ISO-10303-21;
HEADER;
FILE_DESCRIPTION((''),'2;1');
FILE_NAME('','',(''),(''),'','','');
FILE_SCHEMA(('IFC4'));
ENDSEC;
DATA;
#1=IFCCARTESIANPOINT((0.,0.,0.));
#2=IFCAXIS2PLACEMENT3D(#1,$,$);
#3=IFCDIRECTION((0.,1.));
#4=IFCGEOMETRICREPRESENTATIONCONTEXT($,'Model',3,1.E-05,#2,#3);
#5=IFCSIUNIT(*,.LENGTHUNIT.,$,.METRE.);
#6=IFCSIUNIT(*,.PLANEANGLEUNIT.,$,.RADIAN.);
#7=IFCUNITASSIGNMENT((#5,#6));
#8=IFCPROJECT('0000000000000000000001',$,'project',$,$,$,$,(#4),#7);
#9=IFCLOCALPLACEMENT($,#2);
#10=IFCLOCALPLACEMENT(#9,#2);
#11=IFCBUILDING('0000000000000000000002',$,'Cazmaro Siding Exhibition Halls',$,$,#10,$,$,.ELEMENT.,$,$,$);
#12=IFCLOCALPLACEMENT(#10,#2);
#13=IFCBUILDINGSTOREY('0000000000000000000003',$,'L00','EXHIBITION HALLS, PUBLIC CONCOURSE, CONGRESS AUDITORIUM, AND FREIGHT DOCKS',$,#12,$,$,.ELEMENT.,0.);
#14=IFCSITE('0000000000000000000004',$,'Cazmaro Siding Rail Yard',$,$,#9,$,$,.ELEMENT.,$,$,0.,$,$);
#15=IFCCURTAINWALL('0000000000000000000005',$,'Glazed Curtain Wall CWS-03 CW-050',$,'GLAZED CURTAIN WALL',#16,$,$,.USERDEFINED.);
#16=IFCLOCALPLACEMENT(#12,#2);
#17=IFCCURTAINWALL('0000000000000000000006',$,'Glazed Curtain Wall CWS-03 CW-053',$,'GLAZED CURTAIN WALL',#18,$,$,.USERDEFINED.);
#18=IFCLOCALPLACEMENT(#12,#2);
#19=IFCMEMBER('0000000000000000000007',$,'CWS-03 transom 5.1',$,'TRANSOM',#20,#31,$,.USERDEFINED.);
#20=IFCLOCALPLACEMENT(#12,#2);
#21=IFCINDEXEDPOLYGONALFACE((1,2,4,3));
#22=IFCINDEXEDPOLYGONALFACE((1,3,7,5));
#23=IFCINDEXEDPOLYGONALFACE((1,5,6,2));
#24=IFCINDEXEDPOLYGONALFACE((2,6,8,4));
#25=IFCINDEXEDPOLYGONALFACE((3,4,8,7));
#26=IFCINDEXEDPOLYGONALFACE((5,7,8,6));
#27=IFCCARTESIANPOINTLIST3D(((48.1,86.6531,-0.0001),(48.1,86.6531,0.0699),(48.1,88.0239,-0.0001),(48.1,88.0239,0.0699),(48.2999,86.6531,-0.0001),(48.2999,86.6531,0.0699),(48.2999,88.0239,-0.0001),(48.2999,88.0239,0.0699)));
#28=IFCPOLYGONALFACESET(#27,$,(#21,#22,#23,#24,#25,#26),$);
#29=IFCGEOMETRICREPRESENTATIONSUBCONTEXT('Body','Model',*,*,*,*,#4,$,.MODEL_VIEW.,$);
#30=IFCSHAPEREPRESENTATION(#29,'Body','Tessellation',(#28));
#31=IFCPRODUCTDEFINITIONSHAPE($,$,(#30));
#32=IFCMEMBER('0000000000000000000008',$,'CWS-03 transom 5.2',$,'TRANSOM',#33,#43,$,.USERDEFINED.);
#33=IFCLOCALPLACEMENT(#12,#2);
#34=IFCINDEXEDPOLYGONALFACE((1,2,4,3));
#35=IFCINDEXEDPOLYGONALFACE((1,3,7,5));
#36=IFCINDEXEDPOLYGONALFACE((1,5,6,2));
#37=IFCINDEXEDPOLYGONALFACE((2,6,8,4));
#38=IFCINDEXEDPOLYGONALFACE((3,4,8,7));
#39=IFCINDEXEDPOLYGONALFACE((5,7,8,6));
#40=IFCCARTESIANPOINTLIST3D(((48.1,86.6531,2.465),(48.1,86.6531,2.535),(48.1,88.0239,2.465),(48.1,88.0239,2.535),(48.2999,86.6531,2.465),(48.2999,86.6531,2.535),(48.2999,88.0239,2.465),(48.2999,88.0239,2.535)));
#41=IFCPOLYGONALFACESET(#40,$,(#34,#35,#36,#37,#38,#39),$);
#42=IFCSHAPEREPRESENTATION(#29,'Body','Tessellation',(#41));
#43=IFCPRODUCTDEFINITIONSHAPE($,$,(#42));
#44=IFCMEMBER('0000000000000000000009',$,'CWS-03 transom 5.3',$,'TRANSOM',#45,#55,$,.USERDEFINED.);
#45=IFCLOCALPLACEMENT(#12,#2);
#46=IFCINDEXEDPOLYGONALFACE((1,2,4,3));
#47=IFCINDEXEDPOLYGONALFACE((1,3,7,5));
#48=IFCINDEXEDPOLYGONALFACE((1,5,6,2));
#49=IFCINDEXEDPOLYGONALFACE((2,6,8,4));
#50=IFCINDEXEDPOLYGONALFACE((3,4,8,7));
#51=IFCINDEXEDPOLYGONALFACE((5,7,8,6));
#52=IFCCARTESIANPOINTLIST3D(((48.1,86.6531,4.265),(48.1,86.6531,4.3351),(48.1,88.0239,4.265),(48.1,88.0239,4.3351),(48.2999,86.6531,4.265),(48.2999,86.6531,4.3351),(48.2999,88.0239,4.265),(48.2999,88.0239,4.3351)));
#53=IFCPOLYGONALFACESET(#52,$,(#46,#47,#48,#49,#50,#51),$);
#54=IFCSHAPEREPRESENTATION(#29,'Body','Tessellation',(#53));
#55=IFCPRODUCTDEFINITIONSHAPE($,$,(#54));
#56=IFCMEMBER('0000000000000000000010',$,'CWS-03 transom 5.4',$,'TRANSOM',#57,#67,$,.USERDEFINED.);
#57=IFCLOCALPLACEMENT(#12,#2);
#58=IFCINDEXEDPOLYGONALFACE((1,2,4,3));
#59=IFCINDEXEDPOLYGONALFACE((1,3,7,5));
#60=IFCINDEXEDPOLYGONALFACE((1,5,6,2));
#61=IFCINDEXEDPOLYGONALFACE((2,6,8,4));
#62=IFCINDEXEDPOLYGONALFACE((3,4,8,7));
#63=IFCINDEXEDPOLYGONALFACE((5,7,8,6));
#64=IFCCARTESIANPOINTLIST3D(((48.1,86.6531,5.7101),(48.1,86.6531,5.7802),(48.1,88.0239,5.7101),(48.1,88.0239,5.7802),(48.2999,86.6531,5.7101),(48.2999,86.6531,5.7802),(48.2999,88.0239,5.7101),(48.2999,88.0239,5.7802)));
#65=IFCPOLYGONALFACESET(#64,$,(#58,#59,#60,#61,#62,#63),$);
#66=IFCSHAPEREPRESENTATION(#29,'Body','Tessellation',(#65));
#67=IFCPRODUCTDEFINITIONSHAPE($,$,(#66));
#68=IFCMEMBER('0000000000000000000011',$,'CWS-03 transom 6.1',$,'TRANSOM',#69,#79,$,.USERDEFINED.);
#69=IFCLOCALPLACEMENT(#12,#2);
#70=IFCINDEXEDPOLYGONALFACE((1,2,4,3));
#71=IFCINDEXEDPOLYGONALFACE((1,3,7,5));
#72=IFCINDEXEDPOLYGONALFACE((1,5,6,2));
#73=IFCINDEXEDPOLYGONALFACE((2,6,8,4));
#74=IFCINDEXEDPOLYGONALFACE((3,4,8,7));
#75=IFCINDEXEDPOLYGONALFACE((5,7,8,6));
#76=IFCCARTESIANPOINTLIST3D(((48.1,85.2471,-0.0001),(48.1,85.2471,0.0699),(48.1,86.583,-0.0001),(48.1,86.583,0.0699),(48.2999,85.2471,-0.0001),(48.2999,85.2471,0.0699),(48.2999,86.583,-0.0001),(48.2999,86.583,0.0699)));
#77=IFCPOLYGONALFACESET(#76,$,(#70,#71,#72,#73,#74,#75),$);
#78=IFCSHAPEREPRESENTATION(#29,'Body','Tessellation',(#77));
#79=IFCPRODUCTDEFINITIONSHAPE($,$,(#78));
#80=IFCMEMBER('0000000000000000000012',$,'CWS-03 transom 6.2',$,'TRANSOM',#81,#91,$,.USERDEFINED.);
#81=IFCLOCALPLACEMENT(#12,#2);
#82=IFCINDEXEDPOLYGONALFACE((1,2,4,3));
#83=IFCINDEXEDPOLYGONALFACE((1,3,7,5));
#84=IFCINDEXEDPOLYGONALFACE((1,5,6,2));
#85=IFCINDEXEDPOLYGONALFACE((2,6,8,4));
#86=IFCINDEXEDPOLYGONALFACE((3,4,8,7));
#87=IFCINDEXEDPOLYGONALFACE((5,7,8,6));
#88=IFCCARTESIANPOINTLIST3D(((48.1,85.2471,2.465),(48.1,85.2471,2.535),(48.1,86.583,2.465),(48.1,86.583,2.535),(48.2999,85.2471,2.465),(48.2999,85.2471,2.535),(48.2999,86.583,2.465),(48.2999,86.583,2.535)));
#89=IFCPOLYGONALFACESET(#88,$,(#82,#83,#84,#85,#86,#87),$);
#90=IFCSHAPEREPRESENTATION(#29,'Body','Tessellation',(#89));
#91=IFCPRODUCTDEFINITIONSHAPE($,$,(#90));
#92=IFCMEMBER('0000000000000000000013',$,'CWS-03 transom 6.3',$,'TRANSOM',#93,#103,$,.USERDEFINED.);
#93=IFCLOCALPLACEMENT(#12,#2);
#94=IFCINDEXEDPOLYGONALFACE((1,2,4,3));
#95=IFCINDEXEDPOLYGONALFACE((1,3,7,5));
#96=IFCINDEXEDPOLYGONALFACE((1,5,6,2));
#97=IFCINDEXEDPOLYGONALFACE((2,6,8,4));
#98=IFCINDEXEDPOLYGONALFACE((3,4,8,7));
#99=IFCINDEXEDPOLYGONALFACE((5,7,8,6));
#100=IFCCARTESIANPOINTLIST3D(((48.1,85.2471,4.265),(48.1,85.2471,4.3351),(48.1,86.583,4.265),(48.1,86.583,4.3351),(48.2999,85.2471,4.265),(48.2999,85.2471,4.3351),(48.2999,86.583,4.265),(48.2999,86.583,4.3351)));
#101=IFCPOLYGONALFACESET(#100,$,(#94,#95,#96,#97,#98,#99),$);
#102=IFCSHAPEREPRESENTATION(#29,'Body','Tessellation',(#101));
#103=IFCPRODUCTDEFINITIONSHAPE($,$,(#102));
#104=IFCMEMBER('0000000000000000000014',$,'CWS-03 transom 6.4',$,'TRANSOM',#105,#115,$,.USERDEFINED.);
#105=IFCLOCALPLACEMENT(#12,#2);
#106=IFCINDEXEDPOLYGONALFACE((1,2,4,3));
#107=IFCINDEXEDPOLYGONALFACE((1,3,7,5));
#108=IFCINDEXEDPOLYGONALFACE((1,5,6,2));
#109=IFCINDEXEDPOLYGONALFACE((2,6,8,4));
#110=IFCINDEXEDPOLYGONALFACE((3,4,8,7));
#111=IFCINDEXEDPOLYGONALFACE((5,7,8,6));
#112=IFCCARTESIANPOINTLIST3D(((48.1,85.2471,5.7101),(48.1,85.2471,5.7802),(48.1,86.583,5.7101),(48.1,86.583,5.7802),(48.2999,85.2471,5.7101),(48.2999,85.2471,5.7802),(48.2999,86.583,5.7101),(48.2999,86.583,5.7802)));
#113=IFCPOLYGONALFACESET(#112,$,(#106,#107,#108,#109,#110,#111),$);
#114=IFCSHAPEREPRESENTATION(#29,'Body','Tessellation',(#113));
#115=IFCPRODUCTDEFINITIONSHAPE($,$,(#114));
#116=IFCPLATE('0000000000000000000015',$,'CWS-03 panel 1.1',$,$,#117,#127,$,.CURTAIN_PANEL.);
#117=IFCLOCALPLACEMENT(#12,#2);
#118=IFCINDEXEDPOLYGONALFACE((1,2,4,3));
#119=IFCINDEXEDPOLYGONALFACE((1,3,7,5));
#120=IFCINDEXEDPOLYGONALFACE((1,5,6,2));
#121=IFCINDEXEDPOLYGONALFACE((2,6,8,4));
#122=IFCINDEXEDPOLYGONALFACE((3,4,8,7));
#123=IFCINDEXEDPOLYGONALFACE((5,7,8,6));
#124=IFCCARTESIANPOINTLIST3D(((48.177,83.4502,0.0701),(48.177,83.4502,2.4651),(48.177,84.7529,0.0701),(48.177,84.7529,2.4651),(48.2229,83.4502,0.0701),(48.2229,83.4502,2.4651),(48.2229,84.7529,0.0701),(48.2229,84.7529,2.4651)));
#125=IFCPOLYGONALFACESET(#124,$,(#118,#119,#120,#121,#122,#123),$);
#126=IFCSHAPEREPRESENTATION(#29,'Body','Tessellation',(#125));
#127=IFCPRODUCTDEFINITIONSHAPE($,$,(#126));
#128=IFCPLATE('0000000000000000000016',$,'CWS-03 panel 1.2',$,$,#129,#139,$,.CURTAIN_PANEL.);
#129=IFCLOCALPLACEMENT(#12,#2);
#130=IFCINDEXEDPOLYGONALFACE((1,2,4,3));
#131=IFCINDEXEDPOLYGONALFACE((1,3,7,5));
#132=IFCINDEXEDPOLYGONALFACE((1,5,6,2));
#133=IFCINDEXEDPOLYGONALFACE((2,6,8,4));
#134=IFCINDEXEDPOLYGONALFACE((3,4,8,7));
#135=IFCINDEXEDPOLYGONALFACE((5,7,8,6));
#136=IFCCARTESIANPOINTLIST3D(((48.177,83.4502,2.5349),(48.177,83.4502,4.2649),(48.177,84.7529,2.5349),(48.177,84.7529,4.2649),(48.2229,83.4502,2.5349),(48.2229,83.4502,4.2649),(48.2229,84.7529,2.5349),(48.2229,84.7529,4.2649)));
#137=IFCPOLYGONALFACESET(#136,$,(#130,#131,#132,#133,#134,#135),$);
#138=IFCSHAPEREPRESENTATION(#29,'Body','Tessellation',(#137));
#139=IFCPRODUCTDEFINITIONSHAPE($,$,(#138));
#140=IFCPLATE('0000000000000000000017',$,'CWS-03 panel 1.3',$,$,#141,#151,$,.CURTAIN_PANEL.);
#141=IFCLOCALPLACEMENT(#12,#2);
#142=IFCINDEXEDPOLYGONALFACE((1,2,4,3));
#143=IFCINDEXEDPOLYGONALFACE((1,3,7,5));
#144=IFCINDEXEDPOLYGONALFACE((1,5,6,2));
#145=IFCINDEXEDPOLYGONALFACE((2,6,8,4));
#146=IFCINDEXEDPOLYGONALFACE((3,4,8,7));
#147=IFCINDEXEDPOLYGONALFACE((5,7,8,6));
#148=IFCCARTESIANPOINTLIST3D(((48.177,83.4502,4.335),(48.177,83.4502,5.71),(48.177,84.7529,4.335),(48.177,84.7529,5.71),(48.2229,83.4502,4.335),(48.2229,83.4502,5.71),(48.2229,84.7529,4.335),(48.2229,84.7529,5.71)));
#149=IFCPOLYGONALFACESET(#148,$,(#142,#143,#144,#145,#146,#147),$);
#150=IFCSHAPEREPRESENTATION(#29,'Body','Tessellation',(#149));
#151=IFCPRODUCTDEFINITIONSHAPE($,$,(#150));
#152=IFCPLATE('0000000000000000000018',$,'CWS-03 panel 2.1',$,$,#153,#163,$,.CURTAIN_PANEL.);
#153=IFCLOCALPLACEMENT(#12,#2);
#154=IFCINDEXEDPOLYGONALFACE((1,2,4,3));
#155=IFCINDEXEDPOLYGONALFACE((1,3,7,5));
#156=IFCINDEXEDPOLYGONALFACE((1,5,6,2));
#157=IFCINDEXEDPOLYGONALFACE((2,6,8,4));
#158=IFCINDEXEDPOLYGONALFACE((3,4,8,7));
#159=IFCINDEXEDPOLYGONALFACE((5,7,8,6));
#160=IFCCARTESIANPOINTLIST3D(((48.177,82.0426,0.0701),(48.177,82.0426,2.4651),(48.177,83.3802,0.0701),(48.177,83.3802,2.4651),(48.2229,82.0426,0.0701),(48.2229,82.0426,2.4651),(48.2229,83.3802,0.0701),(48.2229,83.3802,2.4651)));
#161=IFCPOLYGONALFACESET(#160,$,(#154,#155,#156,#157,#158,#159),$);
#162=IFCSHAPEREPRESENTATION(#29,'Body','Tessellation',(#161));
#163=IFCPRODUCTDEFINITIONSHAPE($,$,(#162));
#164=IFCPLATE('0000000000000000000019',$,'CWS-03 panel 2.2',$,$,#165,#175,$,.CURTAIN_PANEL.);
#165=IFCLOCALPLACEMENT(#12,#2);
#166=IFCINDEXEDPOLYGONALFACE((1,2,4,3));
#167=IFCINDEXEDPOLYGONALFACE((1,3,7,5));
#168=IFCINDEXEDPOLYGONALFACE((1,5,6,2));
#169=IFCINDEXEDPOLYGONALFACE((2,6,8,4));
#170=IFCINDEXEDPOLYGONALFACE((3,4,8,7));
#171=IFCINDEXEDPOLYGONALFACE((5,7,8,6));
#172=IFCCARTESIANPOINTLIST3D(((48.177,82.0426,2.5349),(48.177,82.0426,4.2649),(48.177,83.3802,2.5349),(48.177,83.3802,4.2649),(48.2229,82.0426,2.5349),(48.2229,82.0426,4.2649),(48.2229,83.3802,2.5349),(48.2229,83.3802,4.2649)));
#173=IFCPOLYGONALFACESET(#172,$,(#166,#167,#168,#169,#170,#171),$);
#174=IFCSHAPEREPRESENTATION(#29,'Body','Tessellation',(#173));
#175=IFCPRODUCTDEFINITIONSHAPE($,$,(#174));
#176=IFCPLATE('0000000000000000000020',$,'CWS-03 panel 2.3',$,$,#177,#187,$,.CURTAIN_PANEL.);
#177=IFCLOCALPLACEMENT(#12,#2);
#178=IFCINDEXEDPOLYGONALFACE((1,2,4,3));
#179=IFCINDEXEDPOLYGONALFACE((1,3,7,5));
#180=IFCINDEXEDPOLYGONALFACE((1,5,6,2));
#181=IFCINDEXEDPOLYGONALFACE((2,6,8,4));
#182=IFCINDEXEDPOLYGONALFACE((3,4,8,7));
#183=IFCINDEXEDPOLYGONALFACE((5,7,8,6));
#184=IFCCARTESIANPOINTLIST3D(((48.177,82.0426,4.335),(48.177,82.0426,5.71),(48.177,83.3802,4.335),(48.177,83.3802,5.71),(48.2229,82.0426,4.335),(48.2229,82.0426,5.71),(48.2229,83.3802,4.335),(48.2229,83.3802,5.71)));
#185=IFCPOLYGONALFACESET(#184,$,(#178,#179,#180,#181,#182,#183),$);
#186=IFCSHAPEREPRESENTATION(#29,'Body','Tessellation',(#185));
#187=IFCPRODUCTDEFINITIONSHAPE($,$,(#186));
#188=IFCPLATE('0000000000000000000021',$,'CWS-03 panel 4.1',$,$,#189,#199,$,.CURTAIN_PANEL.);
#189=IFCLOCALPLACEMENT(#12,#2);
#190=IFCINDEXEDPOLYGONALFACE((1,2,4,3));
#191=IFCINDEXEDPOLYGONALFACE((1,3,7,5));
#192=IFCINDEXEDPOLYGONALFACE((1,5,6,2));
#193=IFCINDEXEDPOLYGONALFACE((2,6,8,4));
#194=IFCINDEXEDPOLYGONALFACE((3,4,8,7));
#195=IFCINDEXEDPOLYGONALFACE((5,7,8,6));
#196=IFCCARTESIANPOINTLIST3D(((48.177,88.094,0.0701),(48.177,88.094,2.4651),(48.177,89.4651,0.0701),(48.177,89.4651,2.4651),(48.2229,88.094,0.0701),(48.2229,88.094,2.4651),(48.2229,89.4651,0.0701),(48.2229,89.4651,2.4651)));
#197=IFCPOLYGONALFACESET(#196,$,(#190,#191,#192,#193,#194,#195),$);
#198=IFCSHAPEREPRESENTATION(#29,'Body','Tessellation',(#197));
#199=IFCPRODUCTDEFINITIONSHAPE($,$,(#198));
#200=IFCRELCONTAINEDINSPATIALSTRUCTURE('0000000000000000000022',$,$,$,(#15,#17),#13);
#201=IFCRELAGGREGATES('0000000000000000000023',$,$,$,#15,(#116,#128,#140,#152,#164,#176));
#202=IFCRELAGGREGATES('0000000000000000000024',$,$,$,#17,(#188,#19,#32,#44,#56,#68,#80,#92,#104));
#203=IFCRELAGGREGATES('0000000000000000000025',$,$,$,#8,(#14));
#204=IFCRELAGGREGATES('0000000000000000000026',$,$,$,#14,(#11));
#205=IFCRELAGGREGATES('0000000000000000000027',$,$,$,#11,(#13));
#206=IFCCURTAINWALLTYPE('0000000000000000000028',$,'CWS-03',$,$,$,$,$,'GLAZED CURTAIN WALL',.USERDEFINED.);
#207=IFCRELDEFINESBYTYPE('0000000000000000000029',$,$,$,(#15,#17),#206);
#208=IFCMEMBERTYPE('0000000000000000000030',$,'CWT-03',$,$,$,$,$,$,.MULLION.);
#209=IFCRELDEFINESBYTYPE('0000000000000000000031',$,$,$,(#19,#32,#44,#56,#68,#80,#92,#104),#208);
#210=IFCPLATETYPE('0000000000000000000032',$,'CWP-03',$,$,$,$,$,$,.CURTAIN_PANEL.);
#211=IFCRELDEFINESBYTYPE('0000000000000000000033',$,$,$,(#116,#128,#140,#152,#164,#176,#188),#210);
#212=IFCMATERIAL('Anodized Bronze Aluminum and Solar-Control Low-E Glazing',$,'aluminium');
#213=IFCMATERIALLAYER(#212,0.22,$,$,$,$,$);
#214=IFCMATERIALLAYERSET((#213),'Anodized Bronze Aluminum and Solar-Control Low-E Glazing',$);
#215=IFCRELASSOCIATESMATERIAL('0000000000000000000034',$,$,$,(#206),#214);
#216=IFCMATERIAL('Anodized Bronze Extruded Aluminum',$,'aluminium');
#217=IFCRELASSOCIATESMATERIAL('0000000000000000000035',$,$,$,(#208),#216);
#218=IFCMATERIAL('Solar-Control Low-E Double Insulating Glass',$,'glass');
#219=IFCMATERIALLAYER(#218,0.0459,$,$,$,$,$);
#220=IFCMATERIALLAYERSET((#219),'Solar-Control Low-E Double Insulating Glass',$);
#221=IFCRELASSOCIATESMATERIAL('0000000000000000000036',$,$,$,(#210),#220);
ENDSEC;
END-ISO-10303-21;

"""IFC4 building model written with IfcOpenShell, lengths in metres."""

from ifc_helpers import new_model, si_unit, direction, frame, origin, origin_2d, place, context, subcontext, project, spatial, rectangle, extrude, material, layer, layer_set, material_profile, profile_set, type_object, element, aggregate, save


model = new_model("IFC4")

# Units and contexts
model_context = context("Model", 3, precision=1e-05, world=origin(), true_north=direction((0.0, 1.0)))
body_context = subcontext(model_context, "Body", "Model", "MODEL_VIEW")
ifc_project = project(units=[si_unit("LENGTHUNIT", "METRE"), si_unit("PLANEANGLEUNIT", "RADIAN")], contexts=[model_context])

# Site, building, storey
site_placement = place(None, origin())
site = spatial("IfcSite", under=ifc_project, at=site_placement, Name="Cazmaro Siding Rail Yard", CompositionType="ELEMENT", RefElevation=0.0)
building_placement = place(site_placement, origin())
building = spatial("IfcBuilding", under=site, at=building_placement, Name="Cazmaro Siding Exhibition Halls", CompositionType="ELEMENT")
storey_placement = place(building_placement, origin())
storey = spatial("IfcBuildingStorey", under=building, at=storey_placement, Name="L00", Description="EXHIBITION HALLS, PUBLIC CONCOURSE, CONGRESS AUDITORIUM, AND FREIGHT DOCKS", CompositionType="ELEMENT", Elevation=0.0)

# Curtain walls
ifc_material_1 = material(Name="Anodized Bronze Aluminum and Solar-Control Low-E Glazing", Category="aluminium")
ifc_layer_1 = layer(ifc_material_1, 0.22)
ifc_layer_set_1 = layer_set([ifc_layer_1], Name="Anodized Bronze Aluminum and Solar-Control Low-E Glazing")
curtain_wall_type = type_object("IfcCurtainWallType", Name="CWS-03", ElementType="GLAZED CURTAIN WALL", PredefinedType="USERDEFINED", material=ifc_layer_set_1)
curtain_wall_1_placement = place(storey_placement, origin())
curtain_wall_1 = element("IfcCurtainWall", 1, at=curtain_wall_1_placement, inside=storey, type_object=curtain_wall_type, Name="Glazed Curtain Wall CWS-03 CW-050", ObjectType="GLAZED CURTAIN WALL", PredefinedType="USERDEFINED")
curtain_wall_2_placement = place(storey_placement, origin())
curtain_wall_2 = element("IfcCurtainWall", 2, at=curtain_wall_2_placement, inside=storey, type_object=curtain_wall_type, Name="Glazed Curtain Wall CWS-03 CW-053", ObjectType="GLAZED CURTAIN WALL", PredefinedType="USERDEFINED")

# Members
ifc_material_2 = material(Name="Anodized Bronze Extruded Aluminum", Category="aluminium")
ifc_material_profile_1 = material_profile(ifc_material_2, rectangle(XDim=0.2, YDim=0.0701, at=origin_2d()), Name="CWT-03")
ifc_profile_set_1 = profile_set([ifc_material_profile_1], Name="Anodized Bronze Extruded Aluminum")
member_type_1 = type_object("IfcMemberType", Name="CWT-03", PredefinedType="MULLION", material=ifc_profile_set_1)
member_1_placement = place(storey_placement, frame((48.2, 88.0239, 0.0349), z_axis=(0.0, -1.0, 0.0), x_axis=(1.0, 0.0, 0.0)))
member_1 = element("IfcMember", 3, at=member_1_placement, type_object=member_type_1, Name="CWS-03 transom 5.1", ObjectType="TRANSOM", PredefinedType="USERDEFINED", context=body_context, shape_type="SweptSolid", body=[
    extrude(rectangle(XDim=0.2, YDim=0.0701, at=origin_2d()), origin(), (0.0, 0.0, 1.0), 1.3708),
])
member_2_placement = place(storey_placement, frame((48.2, 88.0239, 2.5), z_axis=(0.0, -1.0, 0.0), x_axis=(1.0, 0.0, 0.0)))
member_2 = element("IfcMember", 4, at=member_2_placement, type_object=member_type_1, Name="CWS-03 transom 5.2", ObjectType="TRANSOM", PredefinedType="USERDEFINED", context=body_context, shape_type="SweptSolid", body=[
    extrude(rectangle(XDim=0.2, YDim=0.0701, at=origin_2d()), origin(), (0.0, 0.0, 1.0), 1.3708),
])
member_3_placement = place(storey_placement, frame((48.2, 88.0239, 4.3), z_axis=(0.0, -1.0, 0.0), x_axis=(1.0, 0.0, 0.0)))
member_3 = element("IfcMember", 5, at=member_3_placement, type_object=member_type_1, Name="CWS-03 transom 5.3", ObjectType="TRANSOM", PredefinedType="USERDEFINED", context=body_context, shape_type="SweptSolid", body=[
    extrude(rectangle(XDim=0.2, YDim=0.0701, at=origin_2d()), origin(), (0.0, 0.0, 1.0), 1.3708),
])
member_4_placement = place(storey_placement, frame((48.2, 88.0239, 5.7451), z_axis=(0.0, -1.0, 0.0), x_axis=(1.0, 0.0, 0.0)))
member_4 = element("IfcMember", 6, at=member_4_placement, type_object=member_type_1, Name="CWS-03 transom 5.4", ObjectType="TRANSOM", PredefinedType="USERDEFINED", context=body_context, shape_type="SweptSolid", body=[
    extrude(rectangle(XDim=0.2, YDim=0.0701, at=origin_2d()), origin(), (0.0, 0.0, 1.0), 1.3708),
])
member_5_placement = place(storey_placement, frame((48.2, 86.583, 0.0349), z_axis=(0.0, -1.0, 0.0), x_axis=(1.0, 0.0, 0.0)))
member_5 = element("IfcMember", 7, at=member_5_placement, type_object=member_type_1, Name="CWS-03 transom 6.1", ObjectType="TRANSOM", PredefinedType="USERDEFINED", context=body_context, shape_type="SweptSolid", body=[
    extrude(rectangle(XDim=0.2, YDim=0.0701, at=origin_2d()), origin(), (0.0, 0.0, 1.0), 1.3359),
])
member_6_placement = place(storey_placement, frame((48.2, 86.583, 2.5), z_axis=(0.0, -1.0, 0.0), x_axis=(1.0, 0.0, 0.0)))
member_6 = element("IfcMember", 8, at=member_6_placement, type_object=member_type_1, Name="CWS-03 transom 6.2", ObjectType="TRANSOM", PredefinedType="USERDEFINED", context=body_context, shape_type="SweptSolid", body=[
    extrude(rectangle(XDim=0.2, YDim=0.0701, at=origin_2d()), origin(), (0.0, 0.0, 1.0), 1.3359),
])
member_7_placement = place(storey_placement, frame((48.2, 86.583, 4.3), z_axis=(0.0, -1.0, 0.0), x_axis=(1.0, 0.0, 0.0)))
member_7 = element("IfcMember", 9, at=member_7_placement, type_object=member_type_1, Name="CWS-03 transom 6.3", ObjectType="TRANSOM", PredefinedType="USERDEFINED", context=body_context, shape_type="SweptSolid", body=[
    extrude(rectangle(XDim=0.2, YDim=0.0701, at=origin_2d()), origin(), (0.0, 0.0, 1.0), 1.3359),
])
member_8_placement = place(storey_placement, frame((48.2, 86.583, 5.7451), z_axis=(0.0, -1.0, 0.0), x_axis=(1.0, 0.0, 0.0)))
member_8 = element("IfcMember", 10, at=member_8_placement, type_object=member_type_1, Name="CWS-03 transom 6.4", ObjectType="TRANSOM", PredefinedType="USERDEFINED", context=body_context, shape_type="SweptSolid", body=[
    extrude(rectangle(XDim=0.2, YDim=0.0701, at=origin_2d()), origin(), (0.0, 0.0, 1.0), 1.3359),
])

# Plates
ifc_material_3 = material(Name="Solar-Control Low-E Double Insulating Glass", Category="glass")
ifc_layer_2 = layer(ifc_material_3, 0.0459)
ifc_layer_set_2 = layer_set([ifc_layer_2], Name="Solar-Control Low-E Double Insulating Glass")
plate_type = type_object("IfcPlateType", Name="CWP-03", PredefinedType="CURTAIN_PANEL", material=ifc_layer_set_2)
plate_1_placement = place(storey_placement, frame((48.2, 84.1016, 0.0701), z_axis=(0.0, 0.0, 1.0), x_axis=(0.0, -1.0, 0.0)))
plate_1 = element("IfcPlate", 11, at=plate_1_placement, type_object=plate_type, Name="CWS-03 panel 1.1", PredefinedType="CURTAIN_PANEL", context=body_context, shape_type="SweptSolid", body=[
    extrude(rectangle(XDim=1.3027, YDim=0.0459, at=origin_2d()), origin(), (0.0, 0.0, 1.0), 2.395),
])
plate_2_placement = place(storey_placement, frame((48.2, 84.1016, 2.5349), z_axis=(0.0, 0.0, 1.0), x_axis=(0.0, -1.0, 0.0)))
plate_2 = element("IfcPlate", 12, at=plate_2_placement, type_object=plate_type, Name="CWS-03 panel 1.2", PredefinedType="CURTAIN_PANEL", context=body_context, shape_type="SweptSolid", body=[
    extrude(rectangle(XDim=1.3027, YDim=0.0459, at=origin_2d()), origin(), (0.0, 0.0, 1.0), 1.73),
])
plate_3_placement = place(storey_placement, frame((48.2, 84.1016, 4.335), z_axis=(0.0, 0.0, 1.0), x_axis=(0.0, -1.0, 0.0)))
plate_3 = element("IfcPlate", 13, at=plate_3_placement, type_object=plate_type, Name="CWS-03 panel 1.3", PredefinedType="CURTAIN_PANEL", context=body_context, shape_type="SweptSolid", body=[
    extrude(rectangle(XDim=1.3027, YDim=0.0459, at=origin_2d()), origin(), (0.0, 0.0, 1.0), 1.375),
])
plate_4_placement = place(storey_placement, frame((48.2, 82.7114, 0.0701), z_axis=(0.0, 0.0, 1.0), x_axis=(0.0, -1.0, 0.0)))
plate_4 = element("IfcPlate", 14, at=plate_4_placement, type_object=plate_type, Name="CWS-03 panel 2.1", PredefinedType="CURTAIN_PANEL", context=body_context, shape_type="SweptSolid", body=[
    extrude(rectangle(XDim=1.3376, YDim=0.0459, at=origin_2d()), origin(), (0.0, 0.0, 1.0), 2.395),
])
plate_5_placement = place(storey_placement, frame((48.2, 82.7114, 2.5349), z_axis=(0.0, 0.0, 1.0), x_axis=(0.0, -1.0, 0.0)))
plate_5 = element("IfcPlate", 15, at=plate_5_placement, type_object=plate_type, Name="CWS-03 panel 2.2", PredefinedType="CURTAIN_PANEL", context=body_context, shape_type="SweptSolid", body=[
    extrude(rectangle(XDim=1.3376, YDim=0.0459, at=origin_2d()), origin(), (0.0, 0.0, 1.0), 1.73),
])
plate_6_placement = place(storey_placement, frame((48.2, 82.7114, 4.335), z_axis=(0.0, 0.0, 1.0), x_axis=(0.0, -1.0, 0.0)))
plate_6 = element("IfcPlate", 16, at=plate_6_placement, type_object=plate_type, Name="CWS-03 panel 2.3", PredefinedType="CURTAIN_PANEL", context=body_context, shape_type="SweptSolid", body=[
    extrude(rectangle(XDim=1.3376, YDim=0.0459, at=origin_2d()), origin(), (0.0, 0.0, 1.0), 1.375),
])
aggregate(curtain_wall_1, [plate_1, plate_2, plate_3, plate_4, plate_5, plate_6])
plate_7_placement = place(storey_placement, frame((48.2, 88.7795, 0.0701), z_axis=(0.0, 0.0, 1.0), x_axis=(0.0, -1.0, 0.0)))
plate_7 = element("IfcPlate", 17, at=plate_7_placement, type_object=plate_type, Name="CWS-03 panel 4.1", PredefinedType="CURTAIN_PANEL", context=body_context, shape_type="SweptSolid", body=[
    extrude(rectangle(XDim=1.3711, YDim=0.0459, at=origin_2d()), origin(), (0.0, 0.0, 1.0), 2.395),
])
aggregate(curtain_wall_2, [plate_7, member_1, member_2, member_3, member_4, member_5, member_6, member_7, member_8])

save(model, "model.ifc")
